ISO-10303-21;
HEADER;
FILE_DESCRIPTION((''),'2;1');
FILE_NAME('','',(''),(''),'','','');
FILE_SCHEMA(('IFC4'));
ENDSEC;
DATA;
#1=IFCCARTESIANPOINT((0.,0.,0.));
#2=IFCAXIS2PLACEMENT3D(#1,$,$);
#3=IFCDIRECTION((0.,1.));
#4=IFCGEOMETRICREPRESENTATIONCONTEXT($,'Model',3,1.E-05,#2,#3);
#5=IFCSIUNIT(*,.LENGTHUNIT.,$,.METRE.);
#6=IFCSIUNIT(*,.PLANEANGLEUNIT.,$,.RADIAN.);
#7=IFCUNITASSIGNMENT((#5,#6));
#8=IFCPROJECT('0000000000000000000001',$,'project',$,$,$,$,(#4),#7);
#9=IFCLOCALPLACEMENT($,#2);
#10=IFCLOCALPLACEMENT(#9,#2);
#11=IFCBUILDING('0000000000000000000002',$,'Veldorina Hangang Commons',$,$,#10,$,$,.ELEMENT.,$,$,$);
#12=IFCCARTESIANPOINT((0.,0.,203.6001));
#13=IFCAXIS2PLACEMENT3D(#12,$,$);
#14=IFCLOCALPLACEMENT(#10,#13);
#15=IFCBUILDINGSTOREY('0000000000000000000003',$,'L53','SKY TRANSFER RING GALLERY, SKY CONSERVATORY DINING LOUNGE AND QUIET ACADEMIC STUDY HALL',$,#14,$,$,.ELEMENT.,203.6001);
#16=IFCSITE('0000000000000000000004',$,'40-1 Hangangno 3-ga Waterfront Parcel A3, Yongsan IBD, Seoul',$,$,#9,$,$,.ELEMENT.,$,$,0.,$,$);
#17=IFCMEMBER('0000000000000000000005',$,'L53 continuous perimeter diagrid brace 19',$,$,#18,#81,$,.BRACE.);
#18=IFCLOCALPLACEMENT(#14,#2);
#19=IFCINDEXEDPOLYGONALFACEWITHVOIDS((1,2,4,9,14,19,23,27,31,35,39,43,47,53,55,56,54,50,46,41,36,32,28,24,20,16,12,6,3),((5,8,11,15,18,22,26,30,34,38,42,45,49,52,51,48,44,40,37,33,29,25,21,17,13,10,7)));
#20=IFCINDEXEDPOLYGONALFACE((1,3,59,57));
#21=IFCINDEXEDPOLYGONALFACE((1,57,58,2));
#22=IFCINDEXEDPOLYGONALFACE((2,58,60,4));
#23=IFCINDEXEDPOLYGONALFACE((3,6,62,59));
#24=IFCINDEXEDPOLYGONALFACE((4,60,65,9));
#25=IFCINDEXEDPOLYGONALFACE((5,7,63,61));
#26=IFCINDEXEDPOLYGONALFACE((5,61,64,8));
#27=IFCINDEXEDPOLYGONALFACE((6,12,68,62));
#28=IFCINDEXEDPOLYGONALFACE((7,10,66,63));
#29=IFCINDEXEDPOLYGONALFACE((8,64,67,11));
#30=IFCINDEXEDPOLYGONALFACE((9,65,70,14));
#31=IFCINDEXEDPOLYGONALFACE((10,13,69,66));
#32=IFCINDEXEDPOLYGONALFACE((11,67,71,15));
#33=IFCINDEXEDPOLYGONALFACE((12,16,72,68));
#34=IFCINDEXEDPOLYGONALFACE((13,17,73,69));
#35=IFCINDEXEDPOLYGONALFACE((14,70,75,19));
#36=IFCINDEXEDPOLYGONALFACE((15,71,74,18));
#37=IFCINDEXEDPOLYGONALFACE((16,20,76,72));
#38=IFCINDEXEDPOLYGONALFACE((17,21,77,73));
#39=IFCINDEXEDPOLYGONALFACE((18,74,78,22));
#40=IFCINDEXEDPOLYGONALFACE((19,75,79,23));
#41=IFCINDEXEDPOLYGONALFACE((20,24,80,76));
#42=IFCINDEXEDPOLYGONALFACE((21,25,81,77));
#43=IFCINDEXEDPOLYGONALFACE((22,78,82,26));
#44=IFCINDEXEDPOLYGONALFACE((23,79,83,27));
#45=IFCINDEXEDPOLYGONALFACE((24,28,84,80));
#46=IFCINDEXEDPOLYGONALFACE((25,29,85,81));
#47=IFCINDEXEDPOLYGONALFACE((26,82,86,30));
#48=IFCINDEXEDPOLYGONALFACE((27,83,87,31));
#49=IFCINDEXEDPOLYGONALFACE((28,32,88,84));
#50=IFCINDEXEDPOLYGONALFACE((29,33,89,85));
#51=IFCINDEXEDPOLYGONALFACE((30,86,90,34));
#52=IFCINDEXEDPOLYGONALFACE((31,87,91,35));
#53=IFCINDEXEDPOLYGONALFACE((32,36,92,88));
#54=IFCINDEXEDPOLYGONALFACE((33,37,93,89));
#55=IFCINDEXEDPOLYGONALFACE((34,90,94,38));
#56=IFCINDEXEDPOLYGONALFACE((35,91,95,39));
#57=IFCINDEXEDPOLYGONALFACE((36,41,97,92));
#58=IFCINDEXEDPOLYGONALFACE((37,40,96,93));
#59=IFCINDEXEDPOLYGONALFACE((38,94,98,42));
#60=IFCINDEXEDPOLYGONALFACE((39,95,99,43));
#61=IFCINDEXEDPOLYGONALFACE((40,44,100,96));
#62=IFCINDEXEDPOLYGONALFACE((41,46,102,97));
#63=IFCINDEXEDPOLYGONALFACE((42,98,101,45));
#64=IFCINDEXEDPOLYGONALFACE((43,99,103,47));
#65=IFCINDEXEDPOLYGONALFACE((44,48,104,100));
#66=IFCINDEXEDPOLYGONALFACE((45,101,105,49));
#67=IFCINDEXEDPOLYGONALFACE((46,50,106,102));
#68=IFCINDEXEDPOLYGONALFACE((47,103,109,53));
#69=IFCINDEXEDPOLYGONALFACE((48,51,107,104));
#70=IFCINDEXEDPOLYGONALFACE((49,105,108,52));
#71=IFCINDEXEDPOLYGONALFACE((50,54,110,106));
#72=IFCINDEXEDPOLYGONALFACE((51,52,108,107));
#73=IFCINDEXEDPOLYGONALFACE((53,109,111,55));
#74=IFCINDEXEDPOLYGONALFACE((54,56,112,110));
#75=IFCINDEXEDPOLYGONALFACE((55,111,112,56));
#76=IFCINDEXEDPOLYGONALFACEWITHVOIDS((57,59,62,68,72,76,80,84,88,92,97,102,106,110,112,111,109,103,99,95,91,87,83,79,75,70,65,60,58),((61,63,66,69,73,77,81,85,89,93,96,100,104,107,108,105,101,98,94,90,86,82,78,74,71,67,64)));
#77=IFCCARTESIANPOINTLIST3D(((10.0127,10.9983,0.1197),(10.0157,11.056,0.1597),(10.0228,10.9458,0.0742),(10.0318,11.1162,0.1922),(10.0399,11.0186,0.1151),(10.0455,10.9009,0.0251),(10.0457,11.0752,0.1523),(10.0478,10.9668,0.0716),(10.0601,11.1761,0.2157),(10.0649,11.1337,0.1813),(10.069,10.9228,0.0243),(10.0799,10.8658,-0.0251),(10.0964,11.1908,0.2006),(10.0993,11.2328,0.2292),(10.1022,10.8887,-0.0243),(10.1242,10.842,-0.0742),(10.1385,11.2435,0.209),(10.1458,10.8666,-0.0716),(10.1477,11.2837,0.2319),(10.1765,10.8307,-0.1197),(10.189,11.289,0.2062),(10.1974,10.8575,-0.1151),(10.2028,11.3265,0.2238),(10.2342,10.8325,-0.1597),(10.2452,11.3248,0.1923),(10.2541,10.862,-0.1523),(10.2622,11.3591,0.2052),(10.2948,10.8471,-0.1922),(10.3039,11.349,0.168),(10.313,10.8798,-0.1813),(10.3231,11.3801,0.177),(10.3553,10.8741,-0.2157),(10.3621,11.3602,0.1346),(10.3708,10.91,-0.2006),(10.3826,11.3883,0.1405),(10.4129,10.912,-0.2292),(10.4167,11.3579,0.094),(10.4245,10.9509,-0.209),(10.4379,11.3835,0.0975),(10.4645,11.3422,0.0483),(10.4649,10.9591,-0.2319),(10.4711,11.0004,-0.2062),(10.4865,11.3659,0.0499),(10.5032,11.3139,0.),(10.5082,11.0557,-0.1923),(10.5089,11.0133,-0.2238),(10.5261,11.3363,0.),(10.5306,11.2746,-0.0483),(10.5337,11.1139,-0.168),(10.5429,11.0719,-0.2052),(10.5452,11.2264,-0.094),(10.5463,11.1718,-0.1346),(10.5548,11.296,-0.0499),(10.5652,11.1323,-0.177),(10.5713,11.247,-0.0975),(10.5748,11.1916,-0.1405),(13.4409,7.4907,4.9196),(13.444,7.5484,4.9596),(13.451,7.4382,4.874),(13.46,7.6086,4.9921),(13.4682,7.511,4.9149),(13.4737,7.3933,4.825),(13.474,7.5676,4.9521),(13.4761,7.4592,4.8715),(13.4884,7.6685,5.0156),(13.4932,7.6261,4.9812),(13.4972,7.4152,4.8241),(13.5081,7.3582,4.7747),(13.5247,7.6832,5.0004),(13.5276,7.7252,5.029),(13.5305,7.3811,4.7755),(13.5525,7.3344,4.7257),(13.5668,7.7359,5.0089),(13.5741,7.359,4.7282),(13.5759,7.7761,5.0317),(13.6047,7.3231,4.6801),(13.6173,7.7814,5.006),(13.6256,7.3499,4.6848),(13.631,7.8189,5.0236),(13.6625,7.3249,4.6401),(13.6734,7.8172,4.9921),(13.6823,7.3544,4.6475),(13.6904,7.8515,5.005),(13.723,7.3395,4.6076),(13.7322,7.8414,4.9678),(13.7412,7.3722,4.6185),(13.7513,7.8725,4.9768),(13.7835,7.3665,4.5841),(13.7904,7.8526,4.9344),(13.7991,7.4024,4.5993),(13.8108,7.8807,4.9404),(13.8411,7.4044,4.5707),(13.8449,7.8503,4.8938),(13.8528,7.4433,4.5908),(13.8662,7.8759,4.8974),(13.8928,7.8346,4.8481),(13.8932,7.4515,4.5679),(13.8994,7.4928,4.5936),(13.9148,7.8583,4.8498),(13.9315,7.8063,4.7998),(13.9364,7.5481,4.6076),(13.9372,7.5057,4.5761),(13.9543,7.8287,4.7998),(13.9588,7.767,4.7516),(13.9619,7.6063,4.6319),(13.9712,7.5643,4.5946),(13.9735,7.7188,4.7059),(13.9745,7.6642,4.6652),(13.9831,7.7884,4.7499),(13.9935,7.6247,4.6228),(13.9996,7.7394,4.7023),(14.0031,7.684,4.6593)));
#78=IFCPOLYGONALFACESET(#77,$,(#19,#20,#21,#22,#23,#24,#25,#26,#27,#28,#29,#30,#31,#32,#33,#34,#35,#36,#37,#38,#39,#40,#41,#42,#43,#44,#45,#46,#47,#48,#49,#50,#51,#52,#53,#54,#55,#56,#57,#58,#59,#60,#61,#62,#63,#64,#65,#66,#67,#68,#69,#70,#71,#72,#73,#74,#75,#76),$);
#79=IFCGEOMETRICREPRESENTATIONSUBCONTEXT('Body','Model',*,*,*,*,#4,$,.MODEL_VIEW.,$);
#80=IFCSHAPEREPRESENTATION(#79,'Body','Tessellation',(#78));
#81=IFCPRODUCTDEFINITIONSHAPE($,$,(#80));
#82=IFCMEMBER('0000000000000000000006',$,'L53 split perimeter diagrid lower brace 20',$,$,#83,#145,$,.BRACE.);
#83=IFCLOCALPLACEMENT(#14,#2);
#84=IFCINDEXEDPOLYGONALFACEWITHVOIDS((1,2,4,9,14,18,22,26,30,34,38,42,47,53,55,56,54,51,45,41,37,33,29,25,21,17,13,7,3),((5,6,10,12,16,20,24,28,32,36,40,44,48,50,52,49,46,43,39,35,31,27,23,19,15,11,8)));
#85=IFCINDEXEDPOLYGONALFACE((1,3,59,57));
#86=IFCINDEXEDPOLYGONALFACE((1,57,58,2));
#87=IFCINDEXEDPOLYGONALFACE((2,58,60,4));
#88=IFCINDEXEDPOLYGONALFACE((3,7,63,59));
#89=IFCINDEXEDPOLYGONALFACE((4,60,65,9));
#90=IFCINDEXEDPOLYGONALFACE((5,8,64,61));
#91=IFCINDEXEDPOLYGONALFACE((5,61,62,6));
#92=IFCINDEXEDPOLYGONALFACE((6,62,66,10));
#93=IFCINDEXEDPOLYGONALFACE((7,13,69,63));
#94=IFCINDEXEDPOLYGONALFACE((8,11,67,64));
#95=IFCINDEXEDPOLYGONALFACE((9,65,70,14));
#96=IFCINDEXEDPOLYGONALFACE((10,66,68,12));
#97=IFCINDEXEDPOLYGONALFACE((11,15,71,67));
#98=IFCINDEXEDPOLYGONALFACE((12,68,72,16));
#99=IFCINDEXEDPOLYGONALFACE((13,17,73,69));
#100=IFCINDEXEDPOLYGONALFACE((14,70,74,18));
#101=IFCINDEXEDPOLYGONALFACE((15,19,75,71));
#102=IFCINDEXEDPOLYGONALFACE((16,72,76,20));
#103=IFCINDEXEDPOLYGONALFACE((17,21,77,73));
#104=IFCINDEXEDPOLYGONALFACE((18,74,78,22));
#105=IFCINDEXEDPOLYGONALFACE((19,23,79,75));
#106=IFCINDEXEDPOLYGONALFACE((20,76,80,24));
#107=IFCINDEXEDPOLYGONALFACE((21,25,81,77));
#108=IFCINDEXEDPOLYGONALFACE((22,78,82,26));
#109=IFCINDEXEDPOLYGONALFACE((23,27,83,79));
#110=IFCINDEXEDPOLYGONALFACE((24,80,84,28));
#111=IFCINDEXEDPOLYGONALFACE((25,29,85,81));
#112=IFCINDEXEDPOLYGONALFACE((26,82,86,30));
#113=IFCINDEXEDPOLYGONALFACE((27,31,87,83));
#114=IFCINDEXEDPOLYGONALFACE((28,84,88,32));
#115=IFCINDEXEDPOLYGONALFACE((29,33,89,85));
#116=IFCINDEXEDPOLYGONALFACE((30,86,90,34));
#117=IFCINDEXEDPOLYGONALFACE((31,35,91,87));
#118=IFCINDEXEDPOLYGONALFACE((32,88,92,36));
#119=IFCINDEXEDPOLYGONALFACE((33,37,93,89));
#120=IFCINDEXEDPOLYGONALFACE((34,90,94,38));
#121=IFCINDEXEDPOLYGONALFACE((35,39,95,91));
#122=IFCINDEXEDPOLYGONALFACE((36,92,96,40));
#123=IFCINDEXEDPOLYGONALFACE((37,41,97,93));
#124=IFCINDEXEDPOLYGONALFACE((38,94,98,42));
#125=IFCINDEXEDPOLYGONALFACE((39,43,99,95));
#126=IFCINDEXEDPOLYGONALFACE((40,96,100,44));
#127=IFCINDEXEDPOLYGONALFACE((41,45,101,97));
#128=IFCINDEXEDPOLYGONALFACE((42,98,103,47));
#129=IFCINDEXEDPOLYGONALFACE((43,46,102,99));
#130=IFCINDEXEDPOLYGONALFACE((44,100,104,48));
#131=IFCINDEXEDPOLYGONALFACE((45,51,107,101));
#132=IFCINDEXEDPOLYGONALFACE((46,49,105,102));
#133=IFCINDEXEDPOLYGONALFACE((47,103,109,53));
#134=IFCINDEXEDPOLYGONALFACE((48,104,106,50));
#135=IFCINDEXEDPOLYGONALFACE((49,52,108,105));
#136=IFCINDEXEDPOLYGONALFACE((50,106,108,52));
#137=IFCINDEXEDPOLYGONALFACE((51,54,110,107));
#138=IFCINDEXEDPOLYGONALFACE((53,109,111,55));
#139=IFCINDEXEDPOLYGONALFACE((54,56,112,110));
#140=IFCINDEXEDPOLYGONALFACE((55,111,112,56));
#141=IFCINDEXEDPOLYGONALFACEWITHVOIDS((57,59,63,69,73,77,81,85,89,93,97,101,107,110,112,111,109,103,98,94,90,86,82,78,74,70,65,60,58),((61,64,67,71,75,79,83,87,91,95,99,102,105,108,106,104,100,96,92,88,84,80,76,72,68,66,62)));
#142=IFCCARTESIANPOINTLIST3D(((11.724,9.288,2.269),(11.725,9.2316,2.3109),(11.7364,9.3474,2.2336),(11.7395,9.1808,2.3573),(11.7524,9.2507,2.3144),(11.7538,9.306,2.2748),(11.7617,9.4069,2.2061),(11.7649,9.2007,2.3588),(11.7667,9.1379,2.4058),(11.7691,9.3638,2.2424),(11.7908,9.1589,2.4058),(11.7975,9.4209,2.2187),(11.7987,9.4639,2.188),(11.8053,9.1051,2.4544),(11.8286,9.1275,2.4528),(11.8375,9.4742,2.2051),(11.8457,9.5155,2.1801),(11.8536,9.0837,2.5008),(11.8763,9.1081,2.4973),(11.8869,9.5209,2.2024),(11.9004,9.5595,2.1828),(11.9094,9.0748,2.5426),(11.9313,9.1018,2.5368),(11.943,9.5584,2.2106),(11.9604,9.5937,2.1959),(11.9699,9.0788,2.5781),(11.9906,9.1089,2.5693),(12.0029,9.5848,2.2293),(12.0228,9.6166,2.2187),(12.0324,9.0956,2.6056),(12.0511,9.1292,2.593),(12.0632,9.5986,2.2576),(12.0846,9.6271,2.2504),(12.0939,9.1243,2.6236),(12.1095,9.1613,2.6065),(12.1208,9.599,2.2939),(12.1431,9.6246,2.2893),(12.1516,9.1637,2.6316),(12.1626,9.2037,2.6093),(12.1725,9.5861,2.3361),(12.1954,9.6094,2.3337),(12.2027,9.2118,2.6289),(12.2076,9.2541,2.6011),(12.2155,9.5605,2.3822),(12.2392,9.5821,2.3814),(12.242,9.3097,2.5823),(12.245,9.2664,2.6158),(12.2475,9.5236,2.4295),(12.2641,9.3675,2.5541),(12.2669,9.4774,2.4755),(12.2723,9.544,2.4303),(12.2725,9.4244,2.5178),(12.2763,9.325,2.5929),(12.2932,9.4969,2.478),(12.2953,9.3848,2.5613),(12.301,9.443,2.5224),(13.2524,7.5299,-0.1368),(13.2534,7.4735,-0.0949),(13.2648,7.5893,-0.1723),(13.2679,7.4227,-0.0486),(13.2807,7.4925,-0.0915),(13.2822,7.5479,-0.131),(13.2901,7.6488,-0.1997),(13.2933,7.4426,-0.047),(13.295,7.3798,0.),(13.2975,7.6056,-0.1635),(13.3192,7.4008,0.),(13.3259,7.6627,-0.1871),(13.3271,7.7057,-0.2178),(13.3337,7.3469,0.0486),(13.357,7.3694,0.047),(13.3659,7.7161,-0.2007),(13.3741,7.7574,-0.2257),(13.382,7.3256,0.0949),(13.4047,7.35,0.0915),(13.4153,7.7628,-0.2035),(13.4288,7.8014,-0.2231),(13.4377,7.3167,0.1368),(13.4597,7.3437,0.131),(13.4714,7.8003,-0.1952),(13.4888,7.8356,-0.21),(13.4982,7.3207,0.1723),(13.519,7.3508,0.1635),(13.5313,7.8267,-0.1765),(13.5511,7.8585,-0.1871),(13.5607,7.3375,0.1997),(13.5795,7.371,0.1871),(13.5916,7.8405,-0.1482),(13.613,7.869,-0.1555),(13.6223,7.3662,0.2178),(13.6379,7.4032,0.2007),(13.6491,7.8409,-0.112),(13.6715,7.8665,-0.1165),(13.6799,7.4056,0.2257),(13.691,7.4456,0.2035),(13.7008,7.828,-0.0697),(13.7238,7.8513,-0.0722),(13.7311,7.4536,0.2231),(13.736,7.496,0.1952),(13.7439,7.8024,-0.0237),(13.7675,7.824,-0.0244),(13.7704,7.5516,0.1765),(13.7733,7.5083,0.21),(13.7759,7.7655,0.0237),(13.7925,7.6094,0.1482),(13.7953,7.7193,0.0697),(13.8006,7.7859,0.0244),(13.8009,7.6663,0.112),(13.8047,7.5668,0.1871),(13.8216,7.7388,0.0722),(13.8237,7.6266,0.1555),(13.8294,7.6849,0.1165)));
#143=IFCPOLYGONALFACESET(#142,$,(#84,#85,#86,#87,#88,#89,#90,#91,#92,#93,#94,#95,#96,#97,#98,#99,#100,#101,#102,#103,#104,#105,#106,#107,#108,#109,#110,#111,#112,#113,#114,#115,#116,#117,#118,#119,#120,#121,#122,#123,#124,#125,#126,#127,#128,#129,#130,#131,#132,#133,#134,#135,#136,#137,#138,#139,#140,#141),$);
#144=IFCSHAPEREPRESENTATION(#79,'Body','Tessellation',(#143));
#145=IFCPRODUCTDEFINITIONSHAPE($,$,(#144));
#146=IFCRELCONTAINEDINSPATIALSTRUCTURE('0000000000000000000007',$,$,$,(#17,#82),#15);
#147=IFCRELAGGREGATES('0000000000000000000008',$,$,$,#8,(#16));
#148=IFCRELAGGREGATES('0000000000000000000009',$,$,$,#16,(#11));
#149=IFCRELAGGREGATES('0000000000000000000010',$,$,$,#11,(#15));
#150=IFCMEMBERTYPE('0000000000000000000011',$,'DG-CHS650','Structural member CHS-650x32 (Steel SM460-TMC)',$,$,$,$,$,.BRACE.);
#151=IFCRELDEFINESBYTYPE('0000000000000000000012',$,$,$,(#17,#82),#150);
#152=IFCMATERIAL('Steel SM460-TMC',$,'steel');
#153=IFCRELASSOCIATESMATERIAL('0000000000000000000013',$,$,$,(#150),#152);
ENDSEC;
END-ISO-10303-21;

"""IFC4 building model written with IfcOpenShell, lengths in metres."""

from ifc_helpers import new_model, si_unit, direction, frame, origin, origin_2d, place, context, subcontext, project, spatial, hollow_circle, extrude, material, material_profile, profile_set, type_object, element, save


model = new_model("IFC4")

# Units and contexts
model_context = context("Model", 3, precision=1e-05, world=origin(), true_north=direction((0.0, 1.0)))
body_context = subcontext(model_context, "Body", "Model", "MODEL_VIEW")
ifc_project = project(units=[si_unit("LENGTHUNIT", "METRE"), si_unit("PLANEANGLEUNIT", "RADIAN")], contexts=[model_context])

# Site, building, storey
site_placement = place(None, origin())
site = spatial("IfcSite", under=ifc_project, at=site_placement, Name="40-1 Hangangno 3-ga Waterfront Parcel A3, Yongsan IBD, Seoul", CompositionType="ELEMENT", RefElevation=0.0)
building_placement = place(site_placement, origin())
building = spatial("IfcBuilding", under=site, at=building_placement, Name="Veldorina Hangang Commons", CompositionType="ELEMENT")
storey_placement = place(building_placement, frame((0.0, 0.0, 203.6001)))
storey = spatial("IfcBuildingStorey", under=building, at=storey_placement, Name="L53", Description="SKY TRANSFER RING GALLERY, SKY CONSERVATORY DINING LOUNGE AND QUIET ACADEMIC STUDY HALL", CompositionType="ELEMENT", Elevation=203.6001)

# Members
ifc_material_1 = material(Name="Steel SM460-TMC", Category="steel")
ifc_material_profile_1 = material_profile(ifc_material_1, hollow_circle(Radius=0.325, WallThickness=0.032, at=origin_2d()), Name="CHS-650x32")
ifc_profile_set_1 = profile_set([ifc_material_profile_1], Name="Steel SM460-TMC")
member_type_1 = type_object("IfcMemberType", Name="DG-CHS650", Description="Structural member CHS-650x32 (Steel SM460-TMC)", PredefinedType="BRACE", material=ifc_profile_set_1)
member_1_placement = place(storey_placement, frame((10.2937, 11.1091, 0.0), z_axis=(0.499559, -0.511121, 0.699425), x_axis=(0.715149, 0.698972, 0.0)))
element("IfcMember", 1, at=member_1_placement, inside=storey, type_object=member_type_1, Name="L53 continuous perimeter diagrid brace 19", PredefinedType="BRACE", context=body_context, shape_type="SweptSolid", body=[
    extrude(hollow_circle(Radius=0.325, WallThickness=0.032, at=origin_2d()), origin(), (0.0, 0.0, 1.0), 6.8625),
])
member_2_placement = place(storey_placement, frame((13.5403, 7.593, 0.0), z_axis=(-0.456384, 0.524987, 0.718403), x_axis=(-0.754696, -0.656075, 0.0)))
element("IfcMember", 2, at=member_2_placement, inside=storey, type_object=member_type_1, Name="L53 split perimeter diagrid lower brace 20", PredefinedType="BRACE", context=body_context, shape_type="SweptSolid", body=[
    extrude(hollow_circle(Radius=0.325, WallThickness=0.032, at=origin_2d()), origin(), (0.0, 0.0, 1.0), 3.3489),
])

save(model, "model.ifc")
